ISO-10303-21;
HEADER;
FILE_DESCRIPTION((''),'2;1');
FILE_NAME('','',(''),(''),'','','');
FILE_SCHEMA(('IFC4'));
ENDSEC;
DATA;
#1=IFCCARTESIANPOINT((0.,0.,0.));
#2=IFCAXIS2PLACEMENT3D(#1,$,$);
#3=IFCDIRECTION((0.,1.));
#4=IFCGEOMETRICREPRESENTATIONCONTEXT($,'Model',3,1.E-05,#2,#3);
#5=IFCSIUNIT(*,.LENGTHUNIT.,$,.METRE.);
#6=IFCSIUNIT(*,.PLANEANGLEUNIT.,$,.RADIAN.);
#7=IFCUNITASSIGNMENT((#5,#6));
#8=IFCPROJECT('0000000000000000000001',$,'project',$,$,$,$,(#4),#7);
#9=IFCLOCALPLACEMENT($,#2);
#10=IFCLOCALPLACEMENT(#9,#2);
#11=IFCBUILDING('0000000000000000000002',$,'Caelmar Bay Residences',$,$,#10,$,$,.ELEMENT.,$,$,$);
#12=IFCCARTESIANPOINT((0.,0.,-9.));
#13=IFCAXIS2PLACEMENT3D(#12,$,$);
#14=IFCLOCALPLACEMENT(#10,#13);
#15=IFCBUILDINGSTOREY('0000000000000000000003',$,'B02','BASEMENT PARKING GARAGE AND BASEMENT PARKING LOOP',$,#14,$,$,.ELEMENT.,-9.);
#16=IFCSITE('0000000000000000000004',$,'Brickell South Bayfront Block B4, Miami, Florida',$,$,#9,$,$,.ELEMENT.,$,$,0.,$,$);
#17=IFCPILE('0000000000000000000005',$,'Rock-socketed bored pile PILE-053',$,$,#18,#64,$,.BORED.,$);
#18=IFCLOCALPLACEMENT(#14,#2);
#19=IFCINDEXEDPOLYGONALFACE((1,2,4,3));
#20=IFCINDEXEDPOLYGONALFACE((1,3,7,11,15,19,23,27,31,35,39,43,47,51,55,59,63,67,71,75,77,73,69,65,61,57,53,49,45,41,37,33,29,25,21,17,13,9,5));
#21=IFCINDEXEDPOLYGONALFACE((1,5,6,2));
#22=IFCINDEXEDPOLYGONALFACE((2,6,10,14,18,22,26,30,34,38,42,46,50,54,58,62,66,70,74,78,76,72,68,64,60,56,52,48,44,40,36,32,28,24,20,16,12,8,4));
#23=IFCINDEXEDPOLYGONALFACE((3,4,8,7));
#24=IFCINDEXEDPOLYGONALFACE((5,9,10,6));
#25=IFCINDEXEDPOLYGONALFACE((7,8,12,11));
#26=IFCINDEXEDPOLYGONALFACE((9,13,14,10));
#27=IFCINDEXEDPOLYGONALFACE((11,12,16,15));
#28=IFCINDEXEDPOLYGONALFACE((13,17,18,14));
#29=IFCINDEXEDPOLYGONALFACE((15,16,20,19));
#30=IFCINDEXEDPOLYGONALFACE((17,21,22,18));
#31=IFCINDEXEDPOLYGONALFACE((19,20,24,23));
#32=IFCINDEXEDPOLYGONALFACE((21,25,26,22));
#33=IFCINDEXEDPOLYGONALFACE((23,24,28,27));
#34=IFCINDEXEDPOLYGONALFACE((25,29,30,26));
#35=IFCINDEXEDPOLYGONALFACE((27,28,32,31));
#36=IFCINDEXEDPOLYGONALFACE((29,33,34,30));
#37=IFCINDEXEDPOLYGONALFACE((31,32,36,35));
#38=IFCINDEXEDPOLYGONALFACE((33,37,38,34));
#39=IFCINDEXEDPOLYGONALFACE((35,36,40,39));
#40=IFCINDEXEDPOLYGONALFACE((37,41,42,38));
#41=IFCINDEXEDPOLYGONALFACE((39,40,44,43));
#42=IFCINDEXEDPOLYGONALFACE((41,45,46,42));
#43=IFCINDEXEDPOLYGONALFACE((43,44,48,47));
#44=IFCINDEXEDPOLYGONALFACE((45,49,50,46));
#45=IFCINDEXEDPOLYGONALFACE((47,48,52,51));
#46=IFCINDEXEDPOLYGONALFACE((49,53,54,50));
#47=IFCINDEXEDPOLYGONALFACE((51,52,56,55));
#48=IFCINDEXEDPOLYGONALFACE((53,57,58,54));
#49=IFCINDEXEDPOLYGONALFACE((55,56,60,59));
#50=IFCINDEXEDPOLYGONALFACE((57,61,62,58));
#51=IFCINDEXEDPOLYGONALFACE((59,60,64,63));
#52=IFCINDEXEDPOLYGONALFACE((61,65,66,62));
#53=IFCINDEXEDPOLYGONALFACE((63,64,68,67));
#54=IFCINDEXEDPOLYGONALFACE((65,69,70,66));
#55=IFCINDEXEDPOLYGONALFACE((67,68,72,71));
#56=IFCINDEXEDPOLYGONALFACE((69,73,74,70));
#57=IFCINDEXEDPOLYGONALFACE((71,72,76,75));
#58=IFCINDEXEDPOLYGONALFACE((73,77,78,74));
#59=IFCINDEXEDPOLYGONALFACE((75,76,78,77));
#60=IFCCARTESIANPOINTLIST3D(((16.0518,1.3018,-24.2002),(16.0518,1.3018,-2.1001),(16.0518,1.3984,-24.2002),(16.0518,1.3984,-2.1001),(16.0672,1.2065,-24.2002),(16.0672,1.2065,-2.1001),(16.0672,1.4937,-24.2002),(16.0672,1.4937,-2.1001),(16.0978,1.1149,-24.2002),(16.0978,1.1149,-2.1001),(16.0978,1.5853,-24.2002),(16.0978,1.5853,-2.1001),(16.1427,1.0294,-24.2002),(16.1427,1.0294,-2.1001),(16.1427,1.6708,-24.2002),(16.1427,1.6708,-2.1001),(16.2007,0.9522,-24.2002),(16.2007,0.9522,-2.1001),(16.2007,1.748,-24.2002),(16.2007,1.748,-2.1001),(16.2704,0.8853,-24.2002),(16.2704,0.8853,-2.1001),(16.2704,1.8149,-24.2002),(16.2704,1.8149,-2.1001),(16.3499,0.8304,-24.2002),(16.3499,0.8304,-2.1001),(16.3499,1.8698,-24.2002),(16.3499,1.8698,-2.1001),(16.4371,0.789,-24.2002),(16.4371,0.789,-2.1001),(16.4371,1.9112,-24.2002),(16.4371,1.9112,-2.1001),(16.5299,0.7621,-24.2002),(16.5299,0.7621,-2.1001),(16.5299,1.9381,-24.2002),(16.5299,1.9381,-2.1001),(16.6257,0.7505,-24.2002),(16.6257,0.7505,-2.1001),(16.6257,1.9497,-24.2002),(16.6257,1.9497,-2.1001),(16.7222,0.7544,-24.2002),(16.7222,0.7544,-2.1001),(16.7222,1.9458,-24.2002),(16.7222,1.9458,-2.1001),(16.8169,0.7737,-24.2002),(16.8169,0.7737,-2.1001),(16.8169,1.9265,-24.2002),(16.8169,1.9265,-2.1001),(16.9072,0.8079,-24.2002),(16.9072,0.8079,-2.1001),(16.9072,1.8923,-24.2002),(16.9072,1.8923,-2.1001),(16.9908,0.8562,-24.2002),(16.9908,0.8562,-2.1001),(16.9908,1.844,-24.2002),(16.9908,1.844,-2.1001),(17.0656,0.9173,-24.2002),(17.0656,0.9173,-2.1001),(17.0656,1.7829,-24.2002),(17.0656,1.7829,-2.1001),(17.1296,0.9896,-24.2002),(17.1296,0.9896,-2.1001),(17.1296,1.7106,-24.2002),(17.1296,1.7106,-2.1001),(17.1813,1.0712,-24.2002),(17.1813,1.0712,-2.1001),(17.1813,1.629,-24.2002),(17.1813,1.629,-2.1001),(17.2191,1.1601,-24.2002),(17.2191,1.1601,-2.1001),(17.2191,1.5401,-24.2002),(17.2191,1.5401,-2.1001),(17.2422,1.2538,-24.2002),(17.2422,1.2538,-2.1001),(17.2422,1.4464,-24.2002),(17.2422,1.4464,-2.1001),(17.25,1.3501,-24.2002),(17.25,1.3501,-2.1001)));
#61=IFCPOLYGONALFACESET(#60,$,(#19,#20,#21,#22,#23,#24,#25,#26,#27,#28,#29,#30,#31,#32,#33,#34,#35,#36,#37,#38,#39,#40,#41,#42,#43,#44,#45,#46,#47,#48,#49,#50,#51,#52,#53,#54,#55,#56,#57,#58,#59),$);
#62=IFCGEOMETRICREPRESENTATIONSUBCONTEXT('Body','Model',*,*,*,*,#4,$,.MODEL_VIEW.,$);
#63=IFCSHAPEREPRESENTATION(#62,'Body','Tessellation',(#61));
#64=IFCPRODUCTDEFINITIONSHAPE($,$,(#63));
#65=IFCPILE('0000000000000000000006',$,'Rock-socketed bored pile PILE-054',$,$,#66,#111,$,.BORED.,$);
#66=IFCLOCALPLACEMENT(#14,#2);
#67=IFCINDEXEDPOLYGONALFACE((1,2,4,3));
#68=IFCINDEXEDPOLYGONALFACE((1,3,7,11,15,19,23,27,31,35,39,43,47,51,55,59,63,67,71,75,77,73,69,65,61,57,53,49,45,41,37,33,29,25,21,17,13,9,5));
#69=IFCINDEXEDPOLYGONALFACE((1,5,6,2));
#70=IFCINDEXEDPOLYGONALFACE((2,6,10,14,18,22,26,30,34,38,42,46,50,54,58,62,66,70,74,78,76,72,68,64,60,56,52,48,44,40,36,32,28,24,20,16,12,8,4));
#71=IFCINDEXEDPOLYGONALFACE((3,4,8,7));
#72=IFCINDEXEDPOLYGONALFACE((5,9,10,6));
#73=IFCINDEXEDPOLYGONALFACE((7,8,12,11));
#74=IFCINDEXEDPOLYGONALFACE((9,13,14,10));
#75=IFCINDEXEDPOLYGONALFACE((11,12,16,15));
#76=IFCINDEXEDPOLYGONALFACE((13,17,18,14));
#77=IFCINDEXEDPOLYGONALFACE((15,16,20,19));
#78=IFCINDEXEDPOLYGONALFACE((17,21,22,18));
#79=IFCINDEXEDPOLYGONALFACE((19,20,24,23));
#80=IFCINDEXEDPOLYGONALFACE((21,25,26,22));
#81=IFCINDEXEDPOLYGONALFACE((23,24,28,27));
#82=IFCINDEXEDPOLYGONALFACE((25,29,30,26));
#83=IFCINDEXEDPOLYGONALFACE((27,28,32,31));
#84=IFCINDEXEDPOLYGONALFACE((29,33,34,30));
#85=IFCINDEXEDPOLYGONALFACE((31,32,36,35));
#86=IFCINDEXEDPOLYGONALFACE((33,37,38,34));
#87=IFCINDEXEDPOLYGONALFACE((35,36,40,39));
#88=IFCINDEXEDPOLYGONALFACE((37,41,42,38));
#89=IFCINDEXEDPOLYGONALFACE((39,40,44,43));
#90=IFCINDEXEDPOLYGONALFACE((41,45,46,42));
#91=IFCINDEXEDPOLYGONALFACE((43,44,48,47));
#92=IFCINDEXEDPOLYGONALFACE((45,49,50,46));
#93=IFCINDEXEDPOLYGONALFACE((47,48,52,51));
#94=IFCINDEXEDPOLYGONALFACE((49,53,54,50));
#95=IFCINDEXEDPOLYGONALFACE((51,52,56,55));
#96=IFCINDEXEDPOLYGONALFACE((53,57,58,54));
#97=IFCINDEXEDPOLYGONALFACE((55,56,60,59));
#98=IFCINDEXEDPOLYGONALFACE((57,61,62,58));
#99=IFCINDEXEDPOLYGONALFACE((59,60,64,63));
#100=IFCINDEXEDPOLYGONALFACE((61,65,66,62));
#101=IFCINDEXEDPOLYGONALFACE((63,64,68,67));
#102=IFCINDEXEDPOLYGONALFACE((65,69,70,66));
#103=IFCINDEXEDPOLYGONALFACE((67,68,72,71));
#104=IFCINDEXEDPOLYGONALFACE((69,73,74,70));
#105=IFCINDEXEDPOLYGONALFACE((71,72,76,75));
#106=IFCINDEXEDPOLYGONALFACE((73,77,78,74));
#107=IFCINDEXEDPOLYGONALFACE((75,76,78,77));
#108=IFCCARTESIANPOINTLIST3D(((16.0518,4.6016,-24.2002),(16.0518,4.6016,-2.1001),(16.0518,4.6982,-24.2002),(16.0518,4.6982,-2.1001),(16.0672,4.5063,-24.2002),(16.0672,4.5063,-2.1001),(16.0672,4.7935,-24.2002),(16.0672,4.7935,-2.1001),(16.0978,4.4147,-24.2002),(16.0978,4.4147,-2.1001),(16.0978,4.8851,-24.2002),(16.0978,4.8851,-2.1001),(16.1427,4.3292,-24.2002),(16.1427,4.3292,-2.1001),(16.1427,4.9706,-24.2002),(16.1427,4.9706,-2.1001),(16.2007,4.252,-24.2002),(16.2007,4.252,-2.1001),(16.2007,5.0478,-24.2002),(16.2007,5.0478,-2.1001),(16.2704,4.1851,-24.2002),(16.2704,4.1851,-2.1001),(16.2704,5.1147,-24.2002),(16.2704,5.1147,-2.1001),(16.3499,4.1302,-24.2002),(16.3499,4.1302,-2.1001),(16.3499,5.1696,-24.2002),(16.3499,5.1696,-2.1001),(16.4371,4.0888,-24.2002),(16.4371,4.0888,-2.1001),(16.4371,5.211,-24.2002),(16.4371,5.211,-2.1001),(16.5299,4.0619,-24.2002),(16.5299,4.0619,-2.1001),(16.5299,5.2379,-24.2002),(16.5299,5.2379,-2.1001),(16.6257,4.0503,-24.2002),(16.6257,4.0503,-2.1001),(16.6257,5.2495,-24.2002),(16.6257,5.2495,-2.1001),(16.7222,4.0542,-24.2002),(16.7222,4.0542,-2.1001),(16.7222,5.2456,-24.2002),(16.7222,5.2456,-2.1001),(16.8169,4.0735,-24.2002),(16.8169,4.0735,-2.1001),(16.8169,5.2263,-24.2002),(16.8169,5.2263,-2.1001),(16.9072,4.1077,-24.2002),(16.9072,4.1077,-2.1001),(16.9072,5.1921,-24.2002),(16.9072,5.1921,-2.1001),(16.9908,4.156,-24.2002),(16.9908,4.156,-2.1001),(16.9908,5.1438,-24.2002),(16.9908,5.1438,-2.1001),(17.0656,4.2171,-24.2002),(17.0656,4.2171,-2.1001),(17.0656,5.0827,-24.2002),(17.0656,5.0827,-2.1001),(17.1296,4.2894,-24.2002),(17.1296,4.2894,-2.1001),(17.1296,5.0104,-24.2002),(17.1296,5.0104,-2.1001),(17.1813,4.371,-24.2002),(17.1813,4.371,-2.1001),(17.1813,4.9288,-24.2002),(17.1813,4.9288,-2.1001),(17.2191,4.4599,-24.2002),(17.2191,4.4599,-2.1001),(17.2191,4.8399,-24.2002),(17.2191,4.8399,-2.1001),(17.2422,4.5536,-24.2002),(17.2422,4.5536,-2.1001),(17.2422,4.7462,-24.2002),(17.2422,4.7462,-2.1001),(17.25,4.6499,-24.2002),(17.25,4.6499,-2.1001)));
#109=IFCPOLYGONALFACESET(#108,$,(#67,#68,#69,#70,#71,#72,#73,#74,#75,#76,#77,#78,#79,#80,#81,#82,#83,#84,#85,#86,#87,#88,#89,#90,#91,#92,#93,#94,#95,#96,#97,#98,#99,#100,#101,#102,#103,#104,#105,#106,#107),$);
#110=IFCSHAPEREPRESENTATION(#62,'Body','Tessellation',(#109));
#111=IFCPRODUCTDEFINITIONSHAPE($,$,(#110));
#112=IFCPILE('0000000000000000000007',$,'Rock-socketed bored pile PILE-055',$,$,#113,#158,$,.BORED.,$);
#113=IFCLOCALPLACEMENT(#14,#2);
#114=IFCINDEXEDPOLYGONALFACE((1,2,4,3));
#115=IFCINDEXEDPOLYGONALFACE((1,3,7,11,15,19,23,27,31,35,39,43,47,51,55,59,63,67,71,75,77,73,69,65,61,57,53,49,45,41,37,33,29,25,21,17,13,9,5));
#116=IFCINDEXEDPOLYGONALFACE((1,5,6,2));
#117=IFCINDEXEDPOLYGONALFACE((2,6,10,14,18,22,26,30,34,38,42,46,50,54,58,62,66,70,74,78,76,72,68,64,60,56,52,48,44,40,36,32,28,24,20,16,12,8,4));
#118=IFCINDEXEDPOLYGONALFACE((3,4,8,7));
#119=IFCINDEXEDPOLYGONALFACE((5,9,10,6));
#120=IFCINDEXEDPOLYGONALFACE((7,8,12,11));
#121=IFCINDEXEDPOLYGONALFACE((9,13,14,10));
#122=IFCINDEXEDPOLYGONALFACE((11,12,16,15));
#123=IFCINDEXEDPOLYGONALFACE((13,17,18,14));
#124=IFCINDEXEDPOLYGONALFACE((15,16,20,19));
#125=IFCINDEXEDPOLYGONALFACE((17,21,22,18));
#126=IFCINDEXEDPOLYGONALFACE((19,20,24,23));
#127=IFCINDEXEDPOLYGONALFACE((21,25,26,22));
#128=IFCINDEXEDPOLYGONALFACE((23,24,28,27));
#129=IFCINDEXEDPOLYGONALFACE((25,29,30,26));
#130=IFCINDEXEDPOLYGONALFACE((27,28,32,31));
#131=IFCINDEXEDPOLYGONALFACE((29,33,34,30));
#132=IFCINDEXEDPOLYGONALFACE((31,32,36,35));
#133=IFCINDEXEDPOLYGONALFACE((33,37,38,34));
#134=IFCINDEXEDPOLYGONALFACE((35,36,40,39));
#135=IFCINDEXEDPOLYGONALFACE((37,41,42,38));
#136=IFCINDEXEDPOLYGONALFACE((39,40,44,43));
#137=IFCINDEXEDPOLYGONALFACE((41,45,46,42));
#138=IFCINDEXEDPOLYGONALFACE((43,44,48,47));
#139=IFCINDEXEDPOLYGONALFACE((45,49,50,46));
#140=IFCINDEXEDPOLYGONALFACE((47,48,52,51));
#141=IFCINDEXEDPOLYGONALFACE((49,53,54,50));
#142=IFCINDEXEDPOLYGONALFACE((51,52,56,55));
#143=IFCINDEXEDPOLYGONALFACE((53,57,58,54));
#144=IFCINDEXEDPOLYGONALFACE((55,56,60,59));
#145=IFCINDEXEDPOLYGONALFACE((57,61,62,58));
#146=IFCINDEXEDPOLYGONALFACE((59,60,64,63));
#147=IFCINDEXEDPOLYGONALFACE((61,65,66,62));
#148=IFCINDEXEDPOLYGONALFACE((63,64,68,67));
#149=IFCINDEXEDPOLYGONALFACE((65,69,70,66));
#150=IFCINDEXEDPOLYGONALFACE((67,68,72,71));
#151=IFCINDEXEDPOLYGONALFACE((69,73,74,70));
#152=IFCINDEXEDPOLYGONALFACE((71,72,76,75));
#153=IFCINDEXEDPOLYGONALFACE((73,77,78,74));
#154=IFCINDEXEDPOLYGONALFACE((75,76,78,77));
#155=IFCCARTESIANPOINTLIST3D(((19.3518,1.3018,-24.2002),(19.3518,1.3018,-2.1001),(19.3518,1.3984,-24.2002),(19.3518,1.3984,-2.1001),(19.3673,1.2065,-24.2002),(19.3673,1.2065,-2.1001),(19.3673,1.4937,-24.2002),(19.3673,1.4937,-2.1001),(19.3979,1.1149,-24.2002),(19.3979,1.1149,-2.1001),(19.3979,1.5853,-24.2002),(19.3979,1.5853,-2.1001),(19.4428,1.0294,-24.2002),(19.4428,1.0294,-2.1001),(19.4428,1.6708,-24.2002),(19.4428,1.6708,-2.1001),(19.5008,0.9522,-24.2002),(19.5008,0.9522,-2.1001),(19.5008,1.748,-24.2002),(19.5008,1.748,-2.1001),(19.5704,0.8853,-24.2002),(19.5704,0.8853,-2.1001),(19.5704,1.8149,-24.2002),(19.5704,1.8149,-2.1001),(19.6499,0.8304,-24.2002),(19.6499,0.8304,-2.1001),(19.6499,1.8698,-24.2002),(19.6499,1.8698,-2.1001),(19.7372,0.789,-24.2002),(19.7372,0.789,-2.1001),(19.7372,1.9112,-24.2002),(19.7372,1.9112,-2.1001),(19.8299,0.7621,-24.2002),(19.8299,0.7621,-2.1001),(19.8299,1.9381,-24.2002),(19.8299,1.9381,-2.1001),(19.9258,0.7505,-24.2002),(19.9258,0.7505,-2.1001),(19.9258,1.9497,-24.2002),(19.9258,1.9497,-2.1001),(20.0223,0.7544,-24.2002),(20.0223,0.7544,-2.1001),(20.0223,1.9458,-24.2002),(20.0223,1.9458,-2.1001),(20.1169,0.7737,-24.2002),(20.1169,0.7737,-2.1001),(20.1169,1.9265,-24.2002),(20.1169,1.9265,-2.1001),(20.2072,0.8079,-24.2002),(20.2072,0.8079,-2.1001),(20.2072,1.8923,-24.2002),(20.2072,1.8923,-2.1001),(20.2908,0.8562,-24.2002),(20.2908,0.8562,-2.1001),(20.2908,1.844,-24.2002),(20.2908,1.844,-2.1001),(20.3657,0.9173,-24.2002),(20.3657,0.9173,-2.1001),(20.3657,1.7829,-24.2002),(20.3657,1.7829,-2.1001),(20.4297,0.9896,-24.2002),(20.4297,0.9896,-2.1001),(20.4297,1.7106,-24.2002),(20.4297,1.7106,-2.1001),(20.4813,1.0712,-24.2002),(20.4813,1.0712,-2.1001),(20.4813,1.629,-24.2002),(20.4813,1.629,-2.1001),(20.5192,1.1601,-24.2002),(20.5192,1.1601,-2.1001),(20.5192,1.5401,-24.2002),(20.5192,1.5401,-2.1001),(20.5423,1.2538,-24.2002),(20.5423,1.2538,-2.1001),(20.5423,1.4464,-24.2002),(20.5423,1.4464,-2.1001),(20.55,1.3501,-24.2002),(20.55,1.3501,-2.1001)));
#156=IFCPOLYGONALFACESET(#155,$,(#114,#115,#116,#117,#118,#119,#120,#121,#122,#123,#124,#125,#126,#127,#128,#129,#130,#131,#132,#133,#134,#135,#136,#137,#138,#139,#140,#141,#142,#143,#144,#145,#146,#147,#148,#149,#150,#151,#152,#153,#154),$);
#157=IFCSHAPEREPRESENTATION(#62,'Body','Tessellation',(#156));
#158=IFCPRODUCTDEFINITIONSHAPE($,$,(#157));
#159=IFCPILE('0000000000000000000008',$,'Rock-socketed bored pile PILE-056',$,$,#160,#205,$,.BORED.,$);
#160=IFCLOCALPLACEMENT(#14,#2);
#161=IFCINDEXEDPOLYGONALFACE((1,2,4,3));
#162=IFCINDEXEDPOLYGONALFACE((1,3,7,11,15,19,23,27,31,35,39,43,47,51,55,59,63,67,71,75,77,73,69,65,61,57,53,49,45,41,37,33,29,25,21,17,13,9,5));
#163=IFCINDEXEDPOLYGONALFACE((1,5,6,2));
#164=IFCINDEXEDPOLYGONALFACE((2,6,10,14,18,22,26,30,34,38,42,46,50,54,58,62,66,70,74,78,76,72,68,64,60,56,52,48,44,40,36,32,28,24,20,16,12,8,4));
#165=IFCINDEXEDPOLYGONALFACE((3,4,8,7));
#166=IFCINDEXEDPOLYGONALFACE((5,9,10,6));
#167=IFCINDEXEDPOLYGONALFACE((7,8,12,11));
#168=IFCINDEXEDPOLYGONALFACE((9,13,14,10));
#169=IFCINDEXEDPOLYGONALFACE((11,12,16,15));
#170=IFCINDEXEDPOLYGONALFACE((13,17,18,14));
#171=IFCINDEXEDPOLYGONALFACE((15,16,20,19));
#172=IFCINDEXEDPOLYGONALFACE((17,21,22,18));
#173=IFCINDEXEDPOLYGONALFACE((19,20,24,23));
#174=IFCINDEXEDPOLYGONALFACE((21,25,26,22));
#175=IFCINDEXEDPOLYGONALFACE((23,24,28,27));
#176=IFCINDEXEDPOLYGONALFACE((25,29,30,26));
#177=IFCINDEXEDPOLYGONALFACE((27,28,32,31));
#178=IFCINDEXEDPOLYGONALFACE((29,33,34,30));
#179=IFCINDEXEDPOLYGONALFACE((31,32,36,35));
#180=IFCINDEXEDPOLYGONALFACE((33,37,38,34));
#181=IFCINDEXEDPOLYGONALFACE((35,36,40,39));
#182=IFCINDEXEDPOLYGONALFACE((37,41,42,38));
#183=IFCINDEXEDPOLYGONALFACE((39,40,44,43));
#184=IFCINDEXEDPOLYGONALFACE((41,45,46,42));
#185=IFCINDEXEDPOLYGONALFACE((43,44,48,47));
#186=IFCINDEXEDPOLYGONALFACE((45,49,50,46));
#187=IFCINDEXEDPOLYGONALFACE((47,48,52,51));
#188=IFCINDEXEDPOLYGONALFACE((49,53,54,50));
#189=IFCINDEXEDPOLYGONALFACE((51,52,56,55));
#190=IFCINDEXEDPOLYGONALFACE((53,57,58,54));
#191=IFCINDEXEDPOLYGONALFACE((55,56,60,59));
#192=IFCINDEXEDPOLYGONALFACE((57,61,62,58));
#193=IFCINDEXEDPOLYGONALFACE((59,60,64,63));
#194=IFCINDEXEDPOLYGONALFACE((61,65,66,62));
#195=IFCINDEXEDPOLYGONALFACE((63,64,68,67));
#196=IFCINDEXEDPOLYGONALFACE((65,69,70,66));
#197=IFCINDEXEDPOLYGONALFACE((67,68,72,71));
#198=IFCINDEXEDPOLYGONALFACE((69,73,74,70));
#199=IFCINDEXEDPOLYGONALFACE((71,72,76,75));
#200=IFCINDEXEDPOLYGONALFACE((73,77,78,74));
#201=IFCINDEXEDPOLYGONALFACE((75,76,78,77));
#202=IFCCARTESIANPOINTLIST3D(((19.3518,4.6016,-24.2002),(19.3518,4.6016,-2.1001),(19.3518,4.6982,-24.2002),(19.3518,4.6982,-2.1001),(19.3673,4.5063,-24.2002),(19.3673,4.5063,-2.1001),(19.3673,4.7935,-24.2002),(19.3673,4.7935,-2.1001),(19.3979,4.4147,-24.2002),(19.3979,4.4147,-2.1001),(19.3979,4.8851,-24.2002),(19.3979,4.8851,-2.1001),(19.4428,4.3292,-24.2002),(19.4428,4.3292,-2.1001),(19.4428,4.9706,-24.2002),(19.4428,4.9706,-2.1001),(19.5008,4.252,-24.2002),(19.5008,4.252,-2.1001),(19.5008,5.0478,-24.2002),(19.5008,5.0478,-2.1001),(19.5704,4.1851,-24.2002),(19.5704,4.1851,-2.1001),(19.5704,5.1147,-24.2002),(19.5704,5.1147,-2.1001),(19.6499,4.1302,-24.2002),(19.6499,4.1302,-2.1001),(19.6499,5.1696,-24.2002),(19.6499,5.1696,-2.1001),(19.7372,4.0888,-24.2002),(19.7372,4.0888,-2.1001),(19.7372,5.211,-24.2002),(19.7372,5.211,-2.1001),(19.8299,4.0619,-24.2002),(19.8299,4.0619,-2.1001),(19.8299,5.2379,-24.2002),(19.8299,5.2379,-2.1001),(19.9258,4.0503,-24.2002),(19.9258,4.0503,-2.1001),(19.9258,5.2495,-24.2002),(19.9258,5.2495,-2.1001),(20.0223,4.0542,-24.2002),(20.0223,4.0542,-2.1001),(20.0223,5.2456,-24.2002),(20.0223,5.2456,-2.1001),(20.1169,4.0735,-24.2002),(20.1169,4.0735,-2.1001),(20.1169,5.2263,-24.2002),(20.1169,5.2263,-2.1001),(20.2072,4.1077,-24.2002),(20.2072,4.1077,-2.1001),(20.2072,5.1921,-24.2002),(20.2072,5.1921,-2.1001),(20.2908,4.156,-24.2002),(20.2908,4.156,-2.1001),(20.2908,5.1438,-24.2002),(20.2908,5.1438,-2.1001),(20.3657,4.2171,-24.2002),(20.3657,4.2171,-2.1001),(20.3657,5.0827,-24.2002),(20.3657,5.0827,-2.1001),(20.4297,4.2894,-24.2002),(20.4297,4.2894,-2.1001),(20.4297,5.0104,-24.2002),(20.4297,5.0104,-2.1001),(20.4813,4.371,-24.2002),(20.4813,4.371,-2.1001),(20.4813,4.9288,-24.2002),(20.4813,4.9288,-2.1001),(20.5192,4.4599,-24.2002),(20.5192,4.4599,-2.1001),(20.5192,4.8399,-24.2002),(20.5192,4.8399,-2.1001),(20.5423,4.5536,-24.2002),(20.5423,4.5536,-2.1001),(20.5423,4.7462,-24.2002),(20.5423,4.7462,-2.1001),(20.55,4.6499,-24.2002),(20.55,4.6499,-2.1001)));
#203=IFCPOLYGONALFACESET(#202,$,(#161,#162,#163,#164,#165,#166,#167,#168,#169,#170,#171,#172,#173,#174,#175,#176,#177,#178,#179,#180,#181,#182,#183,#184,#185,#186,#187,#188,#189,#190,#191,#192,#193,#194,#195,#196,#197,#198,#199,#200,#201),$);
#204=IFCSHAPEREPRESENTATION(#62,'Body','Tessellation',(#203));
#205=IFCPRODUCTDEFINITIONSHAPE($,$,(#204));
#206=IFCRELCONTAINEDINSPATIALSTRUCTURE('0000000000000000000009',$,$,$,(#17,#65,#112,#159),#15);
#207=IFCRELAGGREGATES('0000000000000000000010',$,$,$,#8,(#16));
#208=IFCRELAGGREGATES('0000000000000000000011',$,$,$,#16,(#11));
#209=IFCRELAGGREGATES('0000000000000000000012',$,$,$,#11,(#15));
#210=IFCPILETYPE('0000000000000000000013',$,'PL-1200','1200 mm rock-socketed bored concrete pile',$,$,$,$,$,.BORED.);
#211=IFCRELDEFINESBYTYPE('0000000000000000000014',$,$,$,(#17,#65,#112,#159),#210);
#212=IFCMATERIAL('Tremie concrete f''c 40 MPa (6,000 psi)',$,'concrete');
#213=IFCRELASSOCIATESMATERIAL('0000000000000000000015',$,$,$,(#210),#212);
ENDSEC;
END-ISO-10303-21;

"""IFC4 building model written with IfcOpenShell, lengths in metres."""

from ifc_helpers import new_model, si_unit, direction, frame, origin, origin_2d, place, context, subcontext, project, spatial, circle, extrude, material, material_profile, profile_set, type_object, element, save


model = new_model("IFC4")

# Units and contexts
model_context = context("Model", 3, precision=1e-05, world=origin(), true_north=direction((0.0, 1.0)))
body_context = subcontext(model_context, "Body", "Model", "MODEL_VIEW")
ifc_project = project(units=[si_unit("LENGTHUNIT", "METRE"), si_unit("PLANEANGLEUNIT", "RADIAN")], contexts=[model_context])

# Site, building, storey
site_placement = place(None, origin())
site = spatial("IfcSite", under=ifc_project, at=site_placement, Name="Brickell South Bayfront Block B4, Miami, Florida", CompositionType="ELEMENT", RefElevation=0.0)
building_placement = place(site_placement, origin())
building = spatial("IfcBuilding", under=site, at=building_placement, Name="Caelmar Bay Residences", CompositionType="ELEMENT")
storey_placement = place(building_placement, frame((0.0, 0.0, -9.0)))
storey = spatial("IfcBuildingStorey", under=building, at=storey_placement, Name="B02", Description="BASEMENT PARKING GARAGE AND BASEMENT PARKING LOOP", CompositionType="ELEMENT", Elevation=-9.0)

# Piles
ifc_material_1 = material(Name="Tremie concrete f'c 40 MPa (6,000 psi)", Category="concrete")
ifc_material_profile_1 = material_profile(ifc_material_1, circle(Radius=0.6001, at=origin_2d()), Name="PILE-1200D")
ifc_profile_set_1 = profile_set([ifc_material_profile_1], Name="Tremie concrete f'c 40 MPa (6,000 psi)")
pile_type = type_object("IfcPileType", Name="PL-1200", Description="1200 mm rock-socketed bored concrete pile", PredefinedType="BORED", material=ifc_profile_set_1)
for number, where, z_axis, x_axis, name in (
    (1, (16.6499, 1.3501, -2.1001), (0.0, 0.0, -1.0), (1.0, 0.0, 0.0), "Rock-socketed bored pile PILE-053"),
    (2, (16.6499, 4.6499, -2.1001), (0.0, 0.0, -1.0), (1.0, 0.0, 0.0), "Rock-socketed bored pile PILE-054"),
    (3, (19.95, 1.3501, -2.1001), (0.0, 0.0, -1.0), (1.0, 0.0, 0.0), "Rock-socketed bored pile PILE-055"),
    (4, (19.95, 4.6499, -2.1001), (0.0, 0.0, -1.0), (1.0, 0.0, 0.0), "Rock-socketed bored pile PILE-056"),
):
    element("IfcPile", number, at=place(storey_placement, frame(where, z_axis=z_axis, x_axis=x_axis)), inside=storey, type_object=pile_type, Name=name, PredefinedType="BORED", context=body_context, shape_type="SweptSolid", body=[
        extrude(circle(Radius=0.6001, at=origin_2d()), origin(), (0.0, 0.0, 1.0), 22.1001),
    ])

save(model, "model.ifc")
